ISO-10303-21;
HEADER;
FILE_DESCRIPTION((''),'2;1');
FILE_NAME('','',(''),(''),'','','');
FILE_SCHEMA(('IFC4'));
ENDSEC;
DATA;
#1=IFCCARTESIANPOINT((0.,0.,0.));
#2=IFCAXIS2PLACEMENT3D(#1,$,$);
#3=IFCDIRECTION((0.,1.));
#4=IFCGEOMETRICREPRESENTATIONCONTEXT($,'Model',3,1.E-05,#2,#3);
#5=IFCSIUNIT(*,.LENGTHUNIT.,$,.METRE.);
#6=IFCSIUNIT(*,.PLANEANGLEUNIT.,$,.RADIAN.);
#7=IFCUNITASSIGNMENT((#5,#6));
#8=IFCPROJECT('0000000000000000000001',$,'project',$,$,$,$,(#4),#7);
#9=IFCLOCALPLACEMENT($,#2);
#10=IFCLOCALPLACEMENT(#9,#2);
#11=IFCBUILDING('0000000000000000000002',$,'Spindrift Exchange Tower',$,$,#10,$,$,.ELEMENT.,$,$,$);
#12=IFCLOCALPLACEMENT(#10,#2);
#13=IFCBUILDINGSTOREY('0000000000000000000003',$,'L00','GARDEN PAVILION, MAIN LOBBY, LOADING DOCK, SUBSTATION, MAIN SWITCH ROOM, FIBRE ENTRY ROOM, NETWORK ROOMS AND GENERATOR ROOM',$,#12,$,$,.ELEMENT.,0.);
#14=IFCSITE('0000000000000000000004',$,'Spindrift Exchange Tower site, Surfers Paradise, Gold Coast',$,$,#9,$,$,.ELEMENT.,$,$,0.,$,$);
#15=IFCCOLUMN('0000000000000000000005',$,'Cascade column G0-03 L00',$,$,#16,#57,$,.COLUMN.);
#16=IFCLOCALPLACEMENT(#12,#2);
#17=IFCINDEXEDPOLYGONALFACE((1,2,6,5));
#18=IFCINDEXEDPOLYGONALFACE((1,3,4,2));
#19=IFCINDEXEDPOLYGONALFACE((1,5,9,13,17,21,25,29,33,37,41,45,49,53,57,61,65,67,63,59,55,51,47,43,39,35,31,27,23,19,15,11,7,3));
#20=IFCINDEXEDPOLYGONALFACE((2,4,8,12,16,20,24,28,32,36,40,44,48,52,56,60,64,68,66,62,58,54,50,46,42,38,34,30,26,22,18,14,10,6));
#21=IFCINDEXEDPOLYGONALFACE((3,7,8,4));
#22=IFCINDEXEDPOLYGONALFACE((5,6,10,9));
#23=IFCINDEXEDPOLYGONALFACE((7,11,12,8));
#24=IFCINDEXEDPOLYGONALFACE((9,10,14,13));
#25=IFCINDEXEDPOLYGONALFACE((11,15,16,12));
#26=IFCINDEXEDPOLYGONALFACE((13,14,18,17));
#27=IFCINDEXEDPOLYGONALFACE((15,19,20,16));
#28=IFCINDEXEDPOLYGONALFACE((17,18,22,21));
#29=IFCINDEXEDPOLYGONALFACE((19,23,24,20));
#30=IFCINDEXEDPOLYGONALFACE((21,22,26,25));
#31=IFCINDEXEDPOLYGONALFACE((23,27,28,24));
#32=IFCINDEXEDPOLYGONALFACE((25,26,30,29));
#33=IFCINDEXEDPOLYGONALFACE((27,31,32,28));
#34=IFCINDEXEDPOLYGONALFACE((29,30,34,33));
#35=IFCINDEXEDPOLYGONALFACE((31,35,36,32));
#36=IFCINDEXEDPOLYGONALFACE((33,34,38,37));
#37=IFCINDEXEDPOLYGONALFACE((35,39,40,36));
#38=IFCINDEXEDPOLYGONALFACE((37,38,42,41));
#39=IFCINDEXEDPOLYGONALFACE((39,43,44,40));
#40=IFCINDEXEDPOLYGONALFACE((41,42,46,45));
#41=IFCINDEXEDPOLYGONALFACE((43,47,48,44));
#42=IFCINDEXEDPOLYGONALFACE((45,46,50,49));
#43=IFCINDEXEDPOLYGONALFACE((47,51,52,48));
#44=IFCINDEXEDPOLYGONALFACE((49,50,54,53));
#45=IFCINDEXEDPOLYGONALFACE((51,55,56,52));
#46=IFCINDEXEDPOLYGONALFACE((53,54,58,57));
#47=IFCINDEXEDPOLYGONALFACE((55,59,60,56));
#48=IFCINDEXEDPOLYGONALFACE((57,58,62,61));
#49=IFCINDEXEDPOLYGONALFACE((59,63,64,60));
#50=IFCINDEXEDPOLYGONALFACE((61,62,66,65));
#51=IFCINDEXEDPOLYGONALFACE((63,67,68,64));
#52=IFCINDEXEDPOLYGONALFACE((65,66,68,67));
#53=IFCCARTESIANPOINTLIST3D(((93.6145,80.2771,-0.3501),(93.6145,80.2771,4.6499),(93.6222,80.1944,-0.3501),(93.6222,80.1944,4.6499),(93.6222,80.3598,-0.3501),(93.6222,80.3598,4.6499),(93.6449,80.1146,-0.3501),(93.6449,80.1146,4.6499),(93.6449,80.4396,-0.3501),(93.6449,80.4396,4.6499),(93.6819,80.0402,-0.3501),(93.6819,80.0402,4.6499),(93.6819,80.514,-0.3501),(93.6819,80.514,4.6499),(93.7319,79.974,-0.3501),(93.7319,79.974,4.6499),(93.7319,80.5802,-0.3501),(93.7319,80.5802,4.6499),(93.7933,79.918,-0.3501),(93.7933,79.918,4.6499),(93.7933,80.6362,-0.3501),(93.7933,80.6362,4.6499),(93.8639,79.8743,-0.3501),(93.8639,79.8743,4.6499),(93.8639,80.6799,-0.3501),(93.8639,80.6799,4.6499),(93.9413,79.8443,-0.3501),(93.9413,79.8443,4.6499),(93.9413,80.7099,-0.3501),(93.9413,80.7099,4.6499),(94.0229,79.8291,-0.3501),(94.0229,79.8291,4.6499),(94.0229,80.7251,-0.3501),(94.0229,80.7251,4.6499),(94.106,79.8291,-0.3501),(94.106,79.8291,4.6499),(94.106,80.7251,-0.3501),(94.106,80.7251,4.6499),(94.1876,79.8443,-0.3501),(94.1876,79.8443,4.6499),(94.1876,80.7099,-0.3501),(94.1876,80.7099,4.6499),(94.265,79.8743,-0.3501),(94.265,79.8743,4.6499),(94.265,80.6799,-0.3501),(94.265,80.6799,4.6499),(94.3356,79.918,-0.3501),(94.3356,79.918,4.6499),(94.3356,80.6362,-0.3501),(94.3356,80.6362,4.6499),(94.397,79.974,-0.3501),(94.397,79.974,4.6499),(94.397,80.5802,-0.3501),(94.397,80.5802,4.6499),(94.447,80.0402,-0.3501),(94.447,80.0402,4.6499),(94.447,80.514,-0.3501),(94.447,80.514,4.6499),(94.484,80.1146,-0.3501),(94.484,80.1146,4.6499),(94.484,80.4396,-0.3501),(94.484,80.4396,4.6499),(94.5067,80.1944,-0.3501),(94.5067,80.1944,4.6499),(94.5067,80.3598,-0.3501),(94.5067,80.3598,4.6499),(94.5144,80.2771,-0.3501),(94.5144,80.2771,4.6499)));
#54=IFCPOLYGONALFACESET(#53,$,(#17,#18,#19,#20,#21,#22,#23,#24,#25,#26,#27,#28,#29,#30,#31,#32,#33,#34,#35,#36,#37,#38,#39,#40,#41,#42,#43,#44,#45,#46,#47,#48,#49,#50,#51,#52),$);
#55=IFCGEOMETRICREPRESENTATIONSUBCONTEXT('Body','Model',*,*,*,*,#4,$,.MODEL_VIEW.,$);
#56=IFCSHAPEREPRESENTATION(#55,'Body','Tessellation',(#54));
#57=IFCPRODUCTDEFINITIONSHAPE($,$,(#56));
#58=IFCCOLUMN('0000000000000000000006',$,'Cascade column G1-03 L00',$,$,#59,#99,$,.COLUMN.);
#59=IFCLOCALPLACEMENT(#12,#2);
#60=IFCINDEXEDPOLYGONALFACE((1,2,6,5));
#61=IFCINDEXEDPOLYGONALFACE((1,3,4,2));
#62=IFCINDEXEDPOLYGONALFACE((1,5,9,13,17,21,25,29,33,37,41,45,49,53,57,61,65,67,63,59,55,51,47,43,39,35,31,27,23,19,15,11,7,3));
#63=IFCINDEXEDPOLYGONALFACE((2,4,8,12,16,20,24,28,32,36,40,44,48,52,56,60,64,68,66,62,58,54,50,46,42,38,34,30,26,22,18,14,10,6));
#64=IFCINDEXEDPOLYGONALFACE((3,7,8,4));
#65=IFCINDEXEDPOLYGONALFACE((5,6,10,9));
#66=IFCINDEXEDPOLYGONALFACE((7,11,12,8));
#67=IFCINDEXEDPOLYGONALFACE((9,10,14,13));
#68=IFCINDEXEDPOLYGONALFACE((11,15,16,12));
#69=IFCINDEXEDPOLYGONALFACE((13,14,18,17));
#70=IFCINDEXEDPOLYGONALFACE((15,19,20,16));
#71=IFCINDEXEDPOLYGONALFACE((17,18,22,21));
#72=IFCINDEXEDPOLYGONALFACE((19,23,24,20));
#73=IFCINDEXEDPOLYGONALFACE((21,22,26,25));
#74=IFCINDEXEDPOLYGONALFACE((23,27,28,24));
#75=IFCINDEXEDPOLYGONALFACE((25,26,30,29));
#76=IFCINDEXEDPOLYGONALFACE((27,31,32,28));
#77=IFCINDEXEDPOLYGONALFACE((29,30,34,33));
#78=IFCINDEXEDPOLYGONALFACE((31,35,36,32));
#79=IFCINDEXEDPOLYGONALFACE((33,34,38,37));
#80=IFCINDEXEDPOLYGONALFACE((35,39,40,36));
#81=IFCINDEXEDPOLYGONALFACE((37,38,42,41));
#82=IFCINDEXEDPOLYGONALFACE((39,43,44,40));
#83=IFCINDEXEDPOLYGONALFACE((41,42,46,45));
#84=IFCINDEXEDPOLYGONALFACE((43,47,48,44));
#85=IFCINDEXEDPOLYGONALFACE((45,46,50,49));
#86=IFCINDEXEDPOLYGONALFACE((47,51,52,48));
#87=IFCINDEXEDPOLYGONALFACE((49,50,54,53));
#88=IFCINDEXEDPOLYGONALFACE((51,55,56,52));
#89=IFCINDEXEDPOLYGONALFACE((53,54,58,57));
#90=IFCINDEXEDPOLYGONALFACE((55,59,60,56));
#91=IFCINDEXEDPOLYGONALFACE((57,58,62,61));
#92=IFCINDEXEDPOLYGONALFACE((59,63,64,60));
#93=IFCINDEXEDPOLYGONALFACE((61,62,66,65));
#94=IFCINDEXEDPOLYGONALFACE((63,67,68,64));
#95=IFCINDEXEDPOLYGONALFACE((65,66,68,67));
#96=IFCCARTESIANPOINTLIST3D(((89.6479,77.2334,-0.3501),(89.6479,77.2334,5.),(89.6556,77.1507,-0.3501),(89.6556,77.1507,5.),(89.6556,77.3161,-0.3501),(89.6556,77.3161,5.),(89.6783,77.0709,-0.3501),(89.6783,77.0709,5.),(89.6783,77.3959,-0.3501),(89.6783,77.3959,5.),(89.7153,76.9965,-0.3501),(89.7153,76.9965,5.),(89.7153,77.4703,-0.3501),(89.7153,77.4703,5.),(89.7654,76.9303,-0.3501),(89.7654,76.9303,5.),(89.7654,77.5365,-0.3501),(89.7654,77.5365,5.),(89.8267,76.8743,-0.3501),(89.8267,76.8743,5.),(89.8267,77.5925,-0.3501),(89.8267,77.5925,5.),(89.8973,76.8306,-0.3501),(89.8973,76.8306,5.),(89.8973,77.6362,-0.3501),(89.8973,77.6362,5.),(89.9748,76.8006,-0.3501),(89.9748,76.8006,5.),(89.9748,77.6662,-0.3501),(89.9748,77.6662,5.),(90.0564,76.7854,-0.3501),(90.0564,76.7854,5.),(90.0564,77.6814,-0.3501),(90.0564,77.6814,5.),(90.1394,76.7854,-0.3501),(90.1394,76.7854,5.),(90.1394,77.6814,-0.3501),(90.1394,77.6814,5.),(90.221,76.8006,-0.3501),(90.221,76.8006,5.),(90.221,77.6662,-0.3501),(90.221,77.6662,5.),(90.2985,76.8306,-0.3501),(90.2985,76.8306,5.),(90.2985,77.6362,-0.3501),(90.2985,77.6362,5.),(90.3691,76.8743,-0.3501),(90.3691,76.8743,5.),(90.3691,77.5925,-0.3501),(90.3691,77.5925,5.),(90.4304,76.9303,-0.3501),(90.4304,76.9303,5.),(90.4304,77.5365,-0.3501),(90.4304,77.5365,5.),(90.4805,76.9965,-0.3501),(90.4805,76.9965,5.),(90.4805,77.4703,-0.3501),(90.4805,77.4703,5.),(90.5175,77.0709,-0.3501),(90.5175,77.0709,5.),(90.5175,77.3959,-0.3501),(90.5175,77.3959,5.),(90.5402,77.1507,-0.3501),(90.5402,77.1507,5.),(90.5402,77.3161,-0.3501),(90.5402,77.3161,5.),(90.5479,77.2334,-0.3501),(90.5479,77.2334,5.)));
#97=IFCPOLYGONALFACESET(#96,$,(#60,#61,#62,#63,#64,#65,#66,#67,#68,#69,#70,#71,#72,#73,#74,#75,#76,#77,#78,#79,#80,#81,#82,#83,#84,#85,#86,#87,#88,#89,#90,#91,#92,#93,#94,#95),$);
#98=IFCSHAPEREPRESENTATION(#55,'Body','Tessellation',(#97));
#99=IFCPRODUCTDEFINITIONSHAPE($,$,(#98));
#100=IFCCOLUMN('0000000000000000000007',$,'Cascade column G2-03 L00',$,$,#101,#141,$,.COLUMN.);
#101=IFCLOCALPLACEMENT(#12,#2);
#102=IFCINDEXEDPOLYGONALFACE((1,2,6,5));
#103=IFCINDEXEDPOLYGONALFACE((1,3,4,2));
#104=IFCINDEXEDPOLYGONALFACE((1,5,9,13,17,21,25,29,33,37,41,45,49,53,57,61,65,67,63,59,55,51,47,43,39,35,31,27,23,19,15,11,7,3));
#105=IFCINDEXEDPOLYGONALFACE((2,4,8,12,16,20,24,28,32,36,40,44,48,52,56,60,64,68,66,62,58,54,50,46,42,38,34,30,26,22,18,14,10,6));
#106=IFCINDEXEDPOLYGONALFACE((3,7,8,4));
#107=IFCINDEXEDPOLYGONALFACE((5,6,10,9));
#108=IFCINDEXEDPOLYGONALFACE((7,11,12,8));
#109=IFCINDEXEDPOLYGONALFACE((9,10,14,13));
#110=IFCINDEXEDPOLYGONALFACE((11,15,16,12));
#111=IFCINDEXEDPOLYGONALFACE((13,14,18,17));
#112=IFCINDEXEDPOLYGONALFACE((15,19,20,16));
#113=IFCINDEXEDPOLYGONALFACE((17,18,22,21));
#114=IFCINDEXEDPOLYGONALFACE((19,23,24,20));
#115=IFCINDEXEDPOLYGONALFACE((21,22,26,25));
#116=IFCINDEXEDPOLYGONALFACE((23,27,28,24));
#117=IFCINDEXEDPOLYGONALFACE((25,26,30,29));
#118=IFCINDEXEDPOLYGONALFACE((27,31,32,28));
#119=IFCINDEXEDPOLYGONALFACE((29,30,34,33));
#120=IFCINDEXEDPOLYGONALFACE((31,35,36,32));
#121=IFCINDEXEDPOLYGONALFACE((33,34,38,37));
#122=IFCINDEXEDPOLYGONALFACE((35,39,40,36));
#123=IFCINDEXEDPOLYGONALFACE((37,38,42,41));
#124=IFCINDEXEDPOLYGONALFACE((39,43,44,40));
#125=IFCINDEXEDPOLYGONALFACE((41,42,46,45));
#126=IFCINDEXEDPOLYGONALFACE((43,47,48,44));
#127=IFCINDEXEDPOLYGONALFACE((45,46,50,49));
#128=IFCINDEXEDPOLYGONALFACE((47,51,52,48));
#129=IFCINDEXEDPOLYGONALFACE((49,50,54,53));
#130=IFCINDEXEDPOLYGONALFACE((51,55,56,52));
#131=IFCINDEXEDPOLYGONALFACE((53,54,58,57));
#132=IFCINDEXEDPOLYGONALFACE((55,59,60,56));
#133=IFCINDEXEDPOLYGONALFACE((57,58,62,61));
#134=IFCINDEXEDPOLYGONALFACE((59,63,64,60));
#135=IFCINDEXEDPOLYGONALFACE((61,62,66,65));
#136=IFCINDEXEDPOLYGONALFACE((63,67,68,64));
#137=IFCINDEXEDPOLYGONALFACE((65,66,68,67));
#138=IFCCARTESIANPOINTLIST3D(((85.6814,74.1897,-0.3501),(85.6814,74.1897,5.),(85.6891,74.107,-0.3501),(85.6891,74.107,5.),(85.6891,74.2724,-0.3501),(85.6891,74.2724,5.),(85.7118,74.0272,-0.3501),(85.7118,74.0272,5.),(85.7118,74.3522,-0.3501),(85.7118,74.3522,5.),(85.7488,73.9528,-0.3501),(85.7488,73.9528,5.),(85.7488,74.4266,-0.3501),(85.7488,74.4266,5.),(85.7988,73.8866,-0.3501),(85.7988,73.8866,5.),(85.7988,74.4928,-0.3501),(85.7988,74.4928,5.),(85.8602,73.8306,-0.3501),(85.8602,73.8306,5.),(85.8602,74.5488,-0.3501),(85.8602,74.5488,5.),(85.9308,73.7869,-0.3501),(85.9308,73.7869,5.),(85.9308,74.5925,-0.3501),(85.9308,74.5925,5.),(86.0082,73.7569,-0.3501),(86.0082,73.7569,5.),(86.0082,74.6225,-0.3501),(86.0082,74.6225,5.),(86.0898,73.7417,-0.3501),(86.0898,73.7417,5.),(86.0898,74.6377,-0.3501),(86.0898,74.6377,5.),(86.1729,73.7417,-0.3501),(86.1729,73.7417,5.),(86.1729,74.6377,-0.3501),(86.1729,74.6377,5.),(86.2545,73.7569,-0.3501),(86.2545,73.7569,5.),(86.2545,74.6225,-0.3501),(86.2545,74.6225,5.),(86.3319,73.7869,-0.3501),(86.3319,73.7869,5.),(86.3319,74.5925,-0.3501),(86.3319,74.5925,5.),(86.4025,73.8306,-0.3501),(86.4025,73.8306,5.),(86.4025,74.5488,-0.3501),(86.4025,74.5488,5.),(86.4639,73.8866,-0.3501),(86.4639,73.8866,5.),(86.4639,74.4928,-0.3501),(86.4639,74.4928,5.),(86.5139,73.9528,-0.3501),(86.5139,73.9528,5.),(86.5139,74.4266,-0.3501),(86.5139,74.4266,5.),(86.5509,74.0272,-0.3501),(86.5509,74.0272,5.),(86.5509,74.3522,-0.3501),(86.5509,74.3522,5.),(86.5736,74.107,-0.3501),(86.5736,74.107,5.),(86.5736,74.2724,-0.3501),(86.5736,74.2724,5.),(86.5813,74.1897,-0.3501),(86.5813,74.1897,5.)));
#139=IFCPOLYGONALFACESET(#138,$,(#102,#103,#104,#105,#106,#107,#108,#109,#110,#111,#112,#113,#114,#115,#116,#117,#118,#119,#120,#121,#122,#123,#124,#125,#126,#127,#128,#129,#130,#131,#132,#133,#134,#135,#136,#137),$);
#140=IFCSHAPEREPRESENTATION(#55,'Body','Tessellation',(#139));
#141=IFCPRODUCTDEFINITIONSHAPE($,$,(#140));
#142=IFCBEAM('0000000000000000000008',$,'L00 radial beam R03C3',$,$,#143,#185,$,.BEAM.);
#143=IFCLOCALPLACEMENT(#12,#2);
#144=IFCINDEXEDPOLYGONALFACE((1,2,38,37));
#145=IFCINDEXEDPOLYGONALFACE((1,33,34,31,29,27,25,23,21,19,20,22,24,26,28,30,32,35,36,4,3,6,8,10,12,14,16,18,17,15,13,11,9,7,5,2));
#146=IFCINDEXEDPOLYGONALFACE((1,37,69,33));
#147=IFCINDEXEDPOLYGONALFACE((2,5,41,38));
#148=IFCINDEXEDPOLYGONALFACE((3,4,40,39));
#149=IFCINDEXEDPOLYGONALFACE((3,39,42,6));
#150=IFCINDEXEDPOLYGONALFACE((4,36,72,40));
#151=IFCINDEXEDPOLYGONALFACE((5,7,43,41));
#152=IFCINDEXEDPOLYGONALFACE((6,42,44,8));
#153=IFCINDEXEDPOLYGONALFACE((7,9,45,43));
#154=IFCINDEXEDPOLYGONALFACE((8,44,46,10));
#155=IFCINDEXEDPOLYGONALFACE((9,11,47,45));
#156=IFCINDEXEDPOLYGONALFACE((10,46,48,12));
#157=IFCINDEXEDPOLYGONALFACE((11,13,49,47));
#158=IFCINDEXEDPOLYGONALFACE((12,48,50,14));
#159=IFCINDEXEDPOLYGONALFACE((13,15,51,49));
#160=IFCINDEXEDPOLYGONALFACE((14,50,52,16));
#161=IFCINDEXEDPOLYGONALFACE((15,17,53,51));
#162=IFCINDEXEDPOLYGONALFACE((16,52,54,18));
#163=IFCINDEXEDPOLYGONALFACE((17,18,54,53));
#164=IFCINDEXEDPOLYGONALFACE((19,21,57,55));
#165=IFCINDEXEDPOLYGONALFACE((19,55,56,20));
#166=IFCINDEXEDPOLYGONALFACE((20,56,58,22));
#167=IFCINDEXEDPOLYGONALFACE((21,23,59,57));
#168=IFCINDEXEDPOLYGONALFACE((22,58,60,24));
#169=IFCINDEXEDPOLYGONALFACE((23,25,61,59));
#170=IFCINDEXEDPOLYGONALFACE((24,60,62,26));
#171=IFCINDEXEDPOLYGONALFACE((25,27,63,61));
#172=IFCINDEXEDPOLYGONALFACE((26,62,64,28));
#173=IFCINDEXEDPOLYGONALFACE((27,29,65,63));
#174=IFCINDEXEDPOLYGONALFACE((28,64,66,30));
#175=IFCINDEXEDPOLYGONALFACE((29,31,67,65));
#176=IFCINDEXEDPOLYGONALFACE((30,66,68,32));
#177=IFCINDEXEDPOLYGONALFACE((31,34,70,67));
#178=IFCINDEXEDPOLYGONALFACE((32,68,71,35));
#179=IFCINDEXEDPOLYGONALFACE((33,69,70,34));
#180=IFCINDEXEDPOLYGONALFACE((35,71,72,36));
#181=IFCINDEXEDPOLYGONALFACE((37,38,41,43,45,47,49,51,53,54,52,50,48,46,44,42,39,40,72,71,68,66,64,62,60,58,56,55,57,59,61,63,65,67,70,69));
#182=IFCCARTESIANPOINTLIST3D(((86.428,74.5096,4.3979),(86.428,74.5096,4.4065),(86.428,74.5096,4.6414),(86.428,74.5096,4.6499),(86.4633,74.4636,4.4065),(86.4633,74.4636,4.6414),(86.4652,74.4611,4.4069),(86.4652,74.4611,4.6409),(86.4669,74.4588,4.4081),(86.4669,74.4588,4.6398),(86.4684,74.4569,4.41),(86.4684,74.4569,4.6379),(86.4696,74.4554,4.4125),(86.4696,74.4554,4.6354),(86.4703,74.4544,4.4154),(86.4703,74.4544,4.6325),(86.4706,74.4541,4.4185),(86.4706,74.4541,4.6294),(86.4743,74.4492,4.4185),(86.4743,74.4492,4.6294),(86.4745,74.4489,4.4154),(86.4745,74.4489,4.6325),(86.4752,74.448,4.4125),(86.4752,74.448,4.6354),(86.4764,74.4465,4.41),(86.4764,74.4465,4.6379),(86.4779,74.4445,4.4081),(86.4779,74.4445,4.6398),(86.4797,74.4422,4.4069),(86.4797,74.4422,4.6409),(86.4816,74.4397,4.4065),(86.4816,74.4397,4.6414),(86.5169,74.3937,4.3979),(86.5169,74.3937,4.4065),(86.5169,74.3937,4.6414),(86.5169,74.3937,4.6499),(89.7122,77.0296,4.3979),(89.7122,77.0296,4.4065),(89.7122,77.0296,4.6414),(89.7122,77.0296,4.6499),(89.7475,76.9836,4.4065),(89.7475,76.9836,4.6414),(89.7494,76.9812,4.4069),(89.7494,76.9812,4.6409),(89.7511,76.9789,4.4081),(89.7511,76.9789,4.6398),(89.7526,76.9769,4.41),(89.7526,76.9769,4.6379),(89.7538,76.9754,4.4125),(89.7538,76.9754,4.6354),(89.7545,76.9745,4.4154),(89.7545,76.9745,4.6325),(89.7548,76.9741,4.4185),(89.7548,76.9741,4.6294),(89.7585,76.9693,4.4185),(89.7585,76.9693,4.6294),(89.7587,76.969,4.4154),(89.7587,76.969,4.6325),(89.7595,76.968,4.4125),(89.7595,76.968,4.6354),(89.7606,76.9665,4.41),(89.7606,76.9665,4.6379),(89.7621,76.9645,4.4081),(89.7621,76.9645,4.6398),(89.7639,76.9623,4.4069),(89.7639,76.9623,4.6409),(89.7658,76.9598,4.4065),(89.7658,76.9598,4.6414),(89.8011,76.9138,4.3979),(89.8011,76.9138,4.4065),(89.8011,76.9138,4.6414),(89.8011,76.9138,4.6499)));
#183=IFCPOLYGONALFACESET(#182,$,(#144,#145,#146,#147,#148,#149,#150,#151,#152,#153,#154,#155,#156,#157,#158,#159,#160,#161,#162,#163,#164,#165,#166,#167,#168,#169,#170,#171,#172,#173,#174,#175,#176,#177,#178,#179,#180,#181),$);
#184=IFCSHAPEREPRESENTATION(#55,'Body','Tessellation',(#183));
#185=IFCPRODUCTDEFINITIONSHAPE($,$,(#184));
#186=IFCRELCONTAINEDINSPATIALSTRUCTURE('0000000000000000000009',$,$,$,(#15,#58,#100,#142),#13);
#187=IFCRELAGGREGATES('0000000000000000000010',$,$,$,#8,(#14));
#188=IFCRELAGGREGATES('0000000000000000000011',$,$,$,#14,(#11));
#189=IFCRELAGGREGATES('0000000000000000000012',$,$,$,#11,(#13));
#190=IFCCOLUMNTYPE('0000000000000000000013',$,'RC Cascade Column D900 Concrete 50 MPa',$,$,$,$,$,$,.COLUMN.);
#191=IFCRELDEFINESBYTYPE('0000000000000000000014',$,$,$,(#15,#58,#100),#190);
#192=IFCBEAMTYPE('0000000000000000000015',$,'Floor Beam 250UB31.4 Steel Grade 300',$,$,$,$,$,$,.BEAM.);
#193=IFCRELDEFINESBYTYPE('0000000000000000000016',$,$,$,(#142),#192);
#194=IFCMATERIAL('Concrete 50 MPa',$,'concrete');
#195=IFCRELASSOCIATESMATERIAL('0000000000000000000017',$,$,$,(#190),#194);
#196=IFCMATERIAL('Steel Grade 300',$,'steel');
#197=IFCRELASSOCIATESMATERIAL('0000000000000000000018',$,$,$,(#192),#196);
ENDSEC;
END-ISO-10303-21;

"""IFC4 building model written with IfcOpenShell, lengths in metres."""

from ifc_helpers import new_model, si_unit, direction, frame, origin, origin_2d, place, context, subcontext, project, spatial, circle, i_section, extrude, source, transform, mapped, material, material_profile, profile_set, type_object, element, save


model = new_model("IFC4")

# Units and contexts
model_context = context("Model", 3, precision=1e-05, world=origin(), true_north=direction((0.0, 1.0)))
body_context = subcontext(model_context, "Body", "Model", "MODEL_VIEW")
ifc_project = project(units=[si_unit("LENGTHUNIT", "METRE"), si_unit("PLANEANGLEUNIT", "RADIAN")], contexts=[model_context])

# Site, building, storey
site_placement = place(None, origin())
site = spatial("IfcSite", under=ifc_project, at=site_placement, Name="Spindrift Exchange Tower site, Surfers Paradise, Gold Coast", CompositionType="ELEMENT", RefElevation=0.0)
building_placement = place(site_placement, origin())
building = spatial("IfcBuilding", under=site, at=building_placement, Name="Spindrift Exchange Tower", CompositionType="ELEMENT")
storey_placement = place(building_placement, origin())
storey = spatial("IfcBuildingStorey", under=building, at=storey_placement, Name="L00", Description="GARDEN PAVILION, MAIN LOBBY, LOADING DOCK, SUBSTATION, MAIN SWITCH ROOM, FIBRE ENTRY ROOM, NETWORK ROOMS AND GENERATOR ROOM", CompositionType="ELEMENT", Elevation=0.0)

# Columns
ifc_material_1 = material(Name="Concrete 50 MPa", Category="concrete")
ifc_material_profile_1 = material_profile(ifc_material_1, circle(Radius=0.45, at=origin_2d()), Name="RC D900")
ifc_profile_set_1 = profile_set([ifc_material_profile_1], Name="Concrete 50 MPa")
column_type = type_object("IfcColumnType", Name="RC Cascade Column D900 Concrete 50 MPa", PredefinedType="COLUMN", material=ifc_profile_set_1)
shared_shape_1 = source(origin(), body_context, "Body", "SweptSolid", [
    extrude(circle(Radius=0.45, at=origin_2d()), origin(), (0.0, 0.0, 1.0), 5.0),
])
column_placement = place(storey_placement, frame((94.0645, 80.2771, -0.3501), z_axis=(0.0, 0.0, 1.0), x_axis=(1.0, 0.0, 0.0)))
element("IfcColumn", 1, at=column_placement, inside=storey, type_object=column_type, Name="Cascade column G0-03 L00", PredefinedType="COLUMN", context=body_context, shape_type="MappedRepresentation", body=[
    mapped(shared_shape_1, transform((0.0, 0.0, 0.0), scale=1.0)),
])
shared_shape_2 = source(origin(), body_context, "Body", "SweptSolid", [
    extrude(circle(Radius=0.45, at=origin_2d()), origin(), (0.0, 0.0, 1.0), 5.3501),
])
for number, where, z_axis, x_axis, name in (
    (2, (90.0979, 77.2334, -0.3501), (0.0, 0.0, 1.0), (1.0, 0.0, 0.0), "Cascade column G1-03 L00"),
    (3, (86.1313, 74.1897, -0.3501), (0.0, 0.0, 1.0), (1.0, 0.0, 0.0), "Cascade column G2-03 L00"),
):
    element("IfcColumn", number, at=place(storey_placement, frame(where, z_axis=z_axis, x_axis=x_axis)), inside=storey, type_object=column_type, Name=name, PredefinedType="COLUMN", context=body_context, shape_type="MappedRepresentation", body=[
        mapped(shared_shape_2, transform((0.0, 0.0, 0.0), scale=1.0)),
    ])

# Beam
ifc_material_2 = material(Name="Steel Grade 300", Category="steel")
ifc_material_profile_2 = material_profile(ifc_material_2, i_section(OverallWidth=0.146, OverallDepth=0.252, WebThickness=0.0061, FlangeThickness=0.0085, FilletRadius=0.012, at=origin_2d()), Name="250UB31.4")
ifc_profile_set_2 = profile_set([ifc_material_profile_2], Name="Steel Grade 300")
beam_type_1 = type_object("IfcBeamType", Name="Floor Beam 250UB31.4 Steel Grade 300", PredefinedType="BEAM", material=ifc_profile_set_2)
shared_shape_3 = source(origin(), body_context, "Body", "SweptSolid", [
    extrude(i_section(OverallWidth=0.146, OverallDepth=0.252, WebThickness=0.0061, FlangeThickness=0.0085, FilletRadius=0.012, at=origin_2d()), origin(), (0.0, 0.0, 1.0), 4.1396),
])
beam_1_placement = place(storey_placement, frame((86.4724, 74.4517, 4.5239), z_axis=(0.793356, 0.608758, 0.0), x_axis=(-0.608758, 0.793356, 0.0)))
element("IfcBeam", 4, at=beam_1_placement, inside=storey, type_object=beam_type_1, Name="L00 radial beam R03C3", PredefinedType="BEAM", context=body_context, shape_type="MappedRepresentation", body=[
    mapped(shared_shape_3, transform((0.0, 0.0, 0.0), scale=1.0)),
])

save(model, "model.ifc")
